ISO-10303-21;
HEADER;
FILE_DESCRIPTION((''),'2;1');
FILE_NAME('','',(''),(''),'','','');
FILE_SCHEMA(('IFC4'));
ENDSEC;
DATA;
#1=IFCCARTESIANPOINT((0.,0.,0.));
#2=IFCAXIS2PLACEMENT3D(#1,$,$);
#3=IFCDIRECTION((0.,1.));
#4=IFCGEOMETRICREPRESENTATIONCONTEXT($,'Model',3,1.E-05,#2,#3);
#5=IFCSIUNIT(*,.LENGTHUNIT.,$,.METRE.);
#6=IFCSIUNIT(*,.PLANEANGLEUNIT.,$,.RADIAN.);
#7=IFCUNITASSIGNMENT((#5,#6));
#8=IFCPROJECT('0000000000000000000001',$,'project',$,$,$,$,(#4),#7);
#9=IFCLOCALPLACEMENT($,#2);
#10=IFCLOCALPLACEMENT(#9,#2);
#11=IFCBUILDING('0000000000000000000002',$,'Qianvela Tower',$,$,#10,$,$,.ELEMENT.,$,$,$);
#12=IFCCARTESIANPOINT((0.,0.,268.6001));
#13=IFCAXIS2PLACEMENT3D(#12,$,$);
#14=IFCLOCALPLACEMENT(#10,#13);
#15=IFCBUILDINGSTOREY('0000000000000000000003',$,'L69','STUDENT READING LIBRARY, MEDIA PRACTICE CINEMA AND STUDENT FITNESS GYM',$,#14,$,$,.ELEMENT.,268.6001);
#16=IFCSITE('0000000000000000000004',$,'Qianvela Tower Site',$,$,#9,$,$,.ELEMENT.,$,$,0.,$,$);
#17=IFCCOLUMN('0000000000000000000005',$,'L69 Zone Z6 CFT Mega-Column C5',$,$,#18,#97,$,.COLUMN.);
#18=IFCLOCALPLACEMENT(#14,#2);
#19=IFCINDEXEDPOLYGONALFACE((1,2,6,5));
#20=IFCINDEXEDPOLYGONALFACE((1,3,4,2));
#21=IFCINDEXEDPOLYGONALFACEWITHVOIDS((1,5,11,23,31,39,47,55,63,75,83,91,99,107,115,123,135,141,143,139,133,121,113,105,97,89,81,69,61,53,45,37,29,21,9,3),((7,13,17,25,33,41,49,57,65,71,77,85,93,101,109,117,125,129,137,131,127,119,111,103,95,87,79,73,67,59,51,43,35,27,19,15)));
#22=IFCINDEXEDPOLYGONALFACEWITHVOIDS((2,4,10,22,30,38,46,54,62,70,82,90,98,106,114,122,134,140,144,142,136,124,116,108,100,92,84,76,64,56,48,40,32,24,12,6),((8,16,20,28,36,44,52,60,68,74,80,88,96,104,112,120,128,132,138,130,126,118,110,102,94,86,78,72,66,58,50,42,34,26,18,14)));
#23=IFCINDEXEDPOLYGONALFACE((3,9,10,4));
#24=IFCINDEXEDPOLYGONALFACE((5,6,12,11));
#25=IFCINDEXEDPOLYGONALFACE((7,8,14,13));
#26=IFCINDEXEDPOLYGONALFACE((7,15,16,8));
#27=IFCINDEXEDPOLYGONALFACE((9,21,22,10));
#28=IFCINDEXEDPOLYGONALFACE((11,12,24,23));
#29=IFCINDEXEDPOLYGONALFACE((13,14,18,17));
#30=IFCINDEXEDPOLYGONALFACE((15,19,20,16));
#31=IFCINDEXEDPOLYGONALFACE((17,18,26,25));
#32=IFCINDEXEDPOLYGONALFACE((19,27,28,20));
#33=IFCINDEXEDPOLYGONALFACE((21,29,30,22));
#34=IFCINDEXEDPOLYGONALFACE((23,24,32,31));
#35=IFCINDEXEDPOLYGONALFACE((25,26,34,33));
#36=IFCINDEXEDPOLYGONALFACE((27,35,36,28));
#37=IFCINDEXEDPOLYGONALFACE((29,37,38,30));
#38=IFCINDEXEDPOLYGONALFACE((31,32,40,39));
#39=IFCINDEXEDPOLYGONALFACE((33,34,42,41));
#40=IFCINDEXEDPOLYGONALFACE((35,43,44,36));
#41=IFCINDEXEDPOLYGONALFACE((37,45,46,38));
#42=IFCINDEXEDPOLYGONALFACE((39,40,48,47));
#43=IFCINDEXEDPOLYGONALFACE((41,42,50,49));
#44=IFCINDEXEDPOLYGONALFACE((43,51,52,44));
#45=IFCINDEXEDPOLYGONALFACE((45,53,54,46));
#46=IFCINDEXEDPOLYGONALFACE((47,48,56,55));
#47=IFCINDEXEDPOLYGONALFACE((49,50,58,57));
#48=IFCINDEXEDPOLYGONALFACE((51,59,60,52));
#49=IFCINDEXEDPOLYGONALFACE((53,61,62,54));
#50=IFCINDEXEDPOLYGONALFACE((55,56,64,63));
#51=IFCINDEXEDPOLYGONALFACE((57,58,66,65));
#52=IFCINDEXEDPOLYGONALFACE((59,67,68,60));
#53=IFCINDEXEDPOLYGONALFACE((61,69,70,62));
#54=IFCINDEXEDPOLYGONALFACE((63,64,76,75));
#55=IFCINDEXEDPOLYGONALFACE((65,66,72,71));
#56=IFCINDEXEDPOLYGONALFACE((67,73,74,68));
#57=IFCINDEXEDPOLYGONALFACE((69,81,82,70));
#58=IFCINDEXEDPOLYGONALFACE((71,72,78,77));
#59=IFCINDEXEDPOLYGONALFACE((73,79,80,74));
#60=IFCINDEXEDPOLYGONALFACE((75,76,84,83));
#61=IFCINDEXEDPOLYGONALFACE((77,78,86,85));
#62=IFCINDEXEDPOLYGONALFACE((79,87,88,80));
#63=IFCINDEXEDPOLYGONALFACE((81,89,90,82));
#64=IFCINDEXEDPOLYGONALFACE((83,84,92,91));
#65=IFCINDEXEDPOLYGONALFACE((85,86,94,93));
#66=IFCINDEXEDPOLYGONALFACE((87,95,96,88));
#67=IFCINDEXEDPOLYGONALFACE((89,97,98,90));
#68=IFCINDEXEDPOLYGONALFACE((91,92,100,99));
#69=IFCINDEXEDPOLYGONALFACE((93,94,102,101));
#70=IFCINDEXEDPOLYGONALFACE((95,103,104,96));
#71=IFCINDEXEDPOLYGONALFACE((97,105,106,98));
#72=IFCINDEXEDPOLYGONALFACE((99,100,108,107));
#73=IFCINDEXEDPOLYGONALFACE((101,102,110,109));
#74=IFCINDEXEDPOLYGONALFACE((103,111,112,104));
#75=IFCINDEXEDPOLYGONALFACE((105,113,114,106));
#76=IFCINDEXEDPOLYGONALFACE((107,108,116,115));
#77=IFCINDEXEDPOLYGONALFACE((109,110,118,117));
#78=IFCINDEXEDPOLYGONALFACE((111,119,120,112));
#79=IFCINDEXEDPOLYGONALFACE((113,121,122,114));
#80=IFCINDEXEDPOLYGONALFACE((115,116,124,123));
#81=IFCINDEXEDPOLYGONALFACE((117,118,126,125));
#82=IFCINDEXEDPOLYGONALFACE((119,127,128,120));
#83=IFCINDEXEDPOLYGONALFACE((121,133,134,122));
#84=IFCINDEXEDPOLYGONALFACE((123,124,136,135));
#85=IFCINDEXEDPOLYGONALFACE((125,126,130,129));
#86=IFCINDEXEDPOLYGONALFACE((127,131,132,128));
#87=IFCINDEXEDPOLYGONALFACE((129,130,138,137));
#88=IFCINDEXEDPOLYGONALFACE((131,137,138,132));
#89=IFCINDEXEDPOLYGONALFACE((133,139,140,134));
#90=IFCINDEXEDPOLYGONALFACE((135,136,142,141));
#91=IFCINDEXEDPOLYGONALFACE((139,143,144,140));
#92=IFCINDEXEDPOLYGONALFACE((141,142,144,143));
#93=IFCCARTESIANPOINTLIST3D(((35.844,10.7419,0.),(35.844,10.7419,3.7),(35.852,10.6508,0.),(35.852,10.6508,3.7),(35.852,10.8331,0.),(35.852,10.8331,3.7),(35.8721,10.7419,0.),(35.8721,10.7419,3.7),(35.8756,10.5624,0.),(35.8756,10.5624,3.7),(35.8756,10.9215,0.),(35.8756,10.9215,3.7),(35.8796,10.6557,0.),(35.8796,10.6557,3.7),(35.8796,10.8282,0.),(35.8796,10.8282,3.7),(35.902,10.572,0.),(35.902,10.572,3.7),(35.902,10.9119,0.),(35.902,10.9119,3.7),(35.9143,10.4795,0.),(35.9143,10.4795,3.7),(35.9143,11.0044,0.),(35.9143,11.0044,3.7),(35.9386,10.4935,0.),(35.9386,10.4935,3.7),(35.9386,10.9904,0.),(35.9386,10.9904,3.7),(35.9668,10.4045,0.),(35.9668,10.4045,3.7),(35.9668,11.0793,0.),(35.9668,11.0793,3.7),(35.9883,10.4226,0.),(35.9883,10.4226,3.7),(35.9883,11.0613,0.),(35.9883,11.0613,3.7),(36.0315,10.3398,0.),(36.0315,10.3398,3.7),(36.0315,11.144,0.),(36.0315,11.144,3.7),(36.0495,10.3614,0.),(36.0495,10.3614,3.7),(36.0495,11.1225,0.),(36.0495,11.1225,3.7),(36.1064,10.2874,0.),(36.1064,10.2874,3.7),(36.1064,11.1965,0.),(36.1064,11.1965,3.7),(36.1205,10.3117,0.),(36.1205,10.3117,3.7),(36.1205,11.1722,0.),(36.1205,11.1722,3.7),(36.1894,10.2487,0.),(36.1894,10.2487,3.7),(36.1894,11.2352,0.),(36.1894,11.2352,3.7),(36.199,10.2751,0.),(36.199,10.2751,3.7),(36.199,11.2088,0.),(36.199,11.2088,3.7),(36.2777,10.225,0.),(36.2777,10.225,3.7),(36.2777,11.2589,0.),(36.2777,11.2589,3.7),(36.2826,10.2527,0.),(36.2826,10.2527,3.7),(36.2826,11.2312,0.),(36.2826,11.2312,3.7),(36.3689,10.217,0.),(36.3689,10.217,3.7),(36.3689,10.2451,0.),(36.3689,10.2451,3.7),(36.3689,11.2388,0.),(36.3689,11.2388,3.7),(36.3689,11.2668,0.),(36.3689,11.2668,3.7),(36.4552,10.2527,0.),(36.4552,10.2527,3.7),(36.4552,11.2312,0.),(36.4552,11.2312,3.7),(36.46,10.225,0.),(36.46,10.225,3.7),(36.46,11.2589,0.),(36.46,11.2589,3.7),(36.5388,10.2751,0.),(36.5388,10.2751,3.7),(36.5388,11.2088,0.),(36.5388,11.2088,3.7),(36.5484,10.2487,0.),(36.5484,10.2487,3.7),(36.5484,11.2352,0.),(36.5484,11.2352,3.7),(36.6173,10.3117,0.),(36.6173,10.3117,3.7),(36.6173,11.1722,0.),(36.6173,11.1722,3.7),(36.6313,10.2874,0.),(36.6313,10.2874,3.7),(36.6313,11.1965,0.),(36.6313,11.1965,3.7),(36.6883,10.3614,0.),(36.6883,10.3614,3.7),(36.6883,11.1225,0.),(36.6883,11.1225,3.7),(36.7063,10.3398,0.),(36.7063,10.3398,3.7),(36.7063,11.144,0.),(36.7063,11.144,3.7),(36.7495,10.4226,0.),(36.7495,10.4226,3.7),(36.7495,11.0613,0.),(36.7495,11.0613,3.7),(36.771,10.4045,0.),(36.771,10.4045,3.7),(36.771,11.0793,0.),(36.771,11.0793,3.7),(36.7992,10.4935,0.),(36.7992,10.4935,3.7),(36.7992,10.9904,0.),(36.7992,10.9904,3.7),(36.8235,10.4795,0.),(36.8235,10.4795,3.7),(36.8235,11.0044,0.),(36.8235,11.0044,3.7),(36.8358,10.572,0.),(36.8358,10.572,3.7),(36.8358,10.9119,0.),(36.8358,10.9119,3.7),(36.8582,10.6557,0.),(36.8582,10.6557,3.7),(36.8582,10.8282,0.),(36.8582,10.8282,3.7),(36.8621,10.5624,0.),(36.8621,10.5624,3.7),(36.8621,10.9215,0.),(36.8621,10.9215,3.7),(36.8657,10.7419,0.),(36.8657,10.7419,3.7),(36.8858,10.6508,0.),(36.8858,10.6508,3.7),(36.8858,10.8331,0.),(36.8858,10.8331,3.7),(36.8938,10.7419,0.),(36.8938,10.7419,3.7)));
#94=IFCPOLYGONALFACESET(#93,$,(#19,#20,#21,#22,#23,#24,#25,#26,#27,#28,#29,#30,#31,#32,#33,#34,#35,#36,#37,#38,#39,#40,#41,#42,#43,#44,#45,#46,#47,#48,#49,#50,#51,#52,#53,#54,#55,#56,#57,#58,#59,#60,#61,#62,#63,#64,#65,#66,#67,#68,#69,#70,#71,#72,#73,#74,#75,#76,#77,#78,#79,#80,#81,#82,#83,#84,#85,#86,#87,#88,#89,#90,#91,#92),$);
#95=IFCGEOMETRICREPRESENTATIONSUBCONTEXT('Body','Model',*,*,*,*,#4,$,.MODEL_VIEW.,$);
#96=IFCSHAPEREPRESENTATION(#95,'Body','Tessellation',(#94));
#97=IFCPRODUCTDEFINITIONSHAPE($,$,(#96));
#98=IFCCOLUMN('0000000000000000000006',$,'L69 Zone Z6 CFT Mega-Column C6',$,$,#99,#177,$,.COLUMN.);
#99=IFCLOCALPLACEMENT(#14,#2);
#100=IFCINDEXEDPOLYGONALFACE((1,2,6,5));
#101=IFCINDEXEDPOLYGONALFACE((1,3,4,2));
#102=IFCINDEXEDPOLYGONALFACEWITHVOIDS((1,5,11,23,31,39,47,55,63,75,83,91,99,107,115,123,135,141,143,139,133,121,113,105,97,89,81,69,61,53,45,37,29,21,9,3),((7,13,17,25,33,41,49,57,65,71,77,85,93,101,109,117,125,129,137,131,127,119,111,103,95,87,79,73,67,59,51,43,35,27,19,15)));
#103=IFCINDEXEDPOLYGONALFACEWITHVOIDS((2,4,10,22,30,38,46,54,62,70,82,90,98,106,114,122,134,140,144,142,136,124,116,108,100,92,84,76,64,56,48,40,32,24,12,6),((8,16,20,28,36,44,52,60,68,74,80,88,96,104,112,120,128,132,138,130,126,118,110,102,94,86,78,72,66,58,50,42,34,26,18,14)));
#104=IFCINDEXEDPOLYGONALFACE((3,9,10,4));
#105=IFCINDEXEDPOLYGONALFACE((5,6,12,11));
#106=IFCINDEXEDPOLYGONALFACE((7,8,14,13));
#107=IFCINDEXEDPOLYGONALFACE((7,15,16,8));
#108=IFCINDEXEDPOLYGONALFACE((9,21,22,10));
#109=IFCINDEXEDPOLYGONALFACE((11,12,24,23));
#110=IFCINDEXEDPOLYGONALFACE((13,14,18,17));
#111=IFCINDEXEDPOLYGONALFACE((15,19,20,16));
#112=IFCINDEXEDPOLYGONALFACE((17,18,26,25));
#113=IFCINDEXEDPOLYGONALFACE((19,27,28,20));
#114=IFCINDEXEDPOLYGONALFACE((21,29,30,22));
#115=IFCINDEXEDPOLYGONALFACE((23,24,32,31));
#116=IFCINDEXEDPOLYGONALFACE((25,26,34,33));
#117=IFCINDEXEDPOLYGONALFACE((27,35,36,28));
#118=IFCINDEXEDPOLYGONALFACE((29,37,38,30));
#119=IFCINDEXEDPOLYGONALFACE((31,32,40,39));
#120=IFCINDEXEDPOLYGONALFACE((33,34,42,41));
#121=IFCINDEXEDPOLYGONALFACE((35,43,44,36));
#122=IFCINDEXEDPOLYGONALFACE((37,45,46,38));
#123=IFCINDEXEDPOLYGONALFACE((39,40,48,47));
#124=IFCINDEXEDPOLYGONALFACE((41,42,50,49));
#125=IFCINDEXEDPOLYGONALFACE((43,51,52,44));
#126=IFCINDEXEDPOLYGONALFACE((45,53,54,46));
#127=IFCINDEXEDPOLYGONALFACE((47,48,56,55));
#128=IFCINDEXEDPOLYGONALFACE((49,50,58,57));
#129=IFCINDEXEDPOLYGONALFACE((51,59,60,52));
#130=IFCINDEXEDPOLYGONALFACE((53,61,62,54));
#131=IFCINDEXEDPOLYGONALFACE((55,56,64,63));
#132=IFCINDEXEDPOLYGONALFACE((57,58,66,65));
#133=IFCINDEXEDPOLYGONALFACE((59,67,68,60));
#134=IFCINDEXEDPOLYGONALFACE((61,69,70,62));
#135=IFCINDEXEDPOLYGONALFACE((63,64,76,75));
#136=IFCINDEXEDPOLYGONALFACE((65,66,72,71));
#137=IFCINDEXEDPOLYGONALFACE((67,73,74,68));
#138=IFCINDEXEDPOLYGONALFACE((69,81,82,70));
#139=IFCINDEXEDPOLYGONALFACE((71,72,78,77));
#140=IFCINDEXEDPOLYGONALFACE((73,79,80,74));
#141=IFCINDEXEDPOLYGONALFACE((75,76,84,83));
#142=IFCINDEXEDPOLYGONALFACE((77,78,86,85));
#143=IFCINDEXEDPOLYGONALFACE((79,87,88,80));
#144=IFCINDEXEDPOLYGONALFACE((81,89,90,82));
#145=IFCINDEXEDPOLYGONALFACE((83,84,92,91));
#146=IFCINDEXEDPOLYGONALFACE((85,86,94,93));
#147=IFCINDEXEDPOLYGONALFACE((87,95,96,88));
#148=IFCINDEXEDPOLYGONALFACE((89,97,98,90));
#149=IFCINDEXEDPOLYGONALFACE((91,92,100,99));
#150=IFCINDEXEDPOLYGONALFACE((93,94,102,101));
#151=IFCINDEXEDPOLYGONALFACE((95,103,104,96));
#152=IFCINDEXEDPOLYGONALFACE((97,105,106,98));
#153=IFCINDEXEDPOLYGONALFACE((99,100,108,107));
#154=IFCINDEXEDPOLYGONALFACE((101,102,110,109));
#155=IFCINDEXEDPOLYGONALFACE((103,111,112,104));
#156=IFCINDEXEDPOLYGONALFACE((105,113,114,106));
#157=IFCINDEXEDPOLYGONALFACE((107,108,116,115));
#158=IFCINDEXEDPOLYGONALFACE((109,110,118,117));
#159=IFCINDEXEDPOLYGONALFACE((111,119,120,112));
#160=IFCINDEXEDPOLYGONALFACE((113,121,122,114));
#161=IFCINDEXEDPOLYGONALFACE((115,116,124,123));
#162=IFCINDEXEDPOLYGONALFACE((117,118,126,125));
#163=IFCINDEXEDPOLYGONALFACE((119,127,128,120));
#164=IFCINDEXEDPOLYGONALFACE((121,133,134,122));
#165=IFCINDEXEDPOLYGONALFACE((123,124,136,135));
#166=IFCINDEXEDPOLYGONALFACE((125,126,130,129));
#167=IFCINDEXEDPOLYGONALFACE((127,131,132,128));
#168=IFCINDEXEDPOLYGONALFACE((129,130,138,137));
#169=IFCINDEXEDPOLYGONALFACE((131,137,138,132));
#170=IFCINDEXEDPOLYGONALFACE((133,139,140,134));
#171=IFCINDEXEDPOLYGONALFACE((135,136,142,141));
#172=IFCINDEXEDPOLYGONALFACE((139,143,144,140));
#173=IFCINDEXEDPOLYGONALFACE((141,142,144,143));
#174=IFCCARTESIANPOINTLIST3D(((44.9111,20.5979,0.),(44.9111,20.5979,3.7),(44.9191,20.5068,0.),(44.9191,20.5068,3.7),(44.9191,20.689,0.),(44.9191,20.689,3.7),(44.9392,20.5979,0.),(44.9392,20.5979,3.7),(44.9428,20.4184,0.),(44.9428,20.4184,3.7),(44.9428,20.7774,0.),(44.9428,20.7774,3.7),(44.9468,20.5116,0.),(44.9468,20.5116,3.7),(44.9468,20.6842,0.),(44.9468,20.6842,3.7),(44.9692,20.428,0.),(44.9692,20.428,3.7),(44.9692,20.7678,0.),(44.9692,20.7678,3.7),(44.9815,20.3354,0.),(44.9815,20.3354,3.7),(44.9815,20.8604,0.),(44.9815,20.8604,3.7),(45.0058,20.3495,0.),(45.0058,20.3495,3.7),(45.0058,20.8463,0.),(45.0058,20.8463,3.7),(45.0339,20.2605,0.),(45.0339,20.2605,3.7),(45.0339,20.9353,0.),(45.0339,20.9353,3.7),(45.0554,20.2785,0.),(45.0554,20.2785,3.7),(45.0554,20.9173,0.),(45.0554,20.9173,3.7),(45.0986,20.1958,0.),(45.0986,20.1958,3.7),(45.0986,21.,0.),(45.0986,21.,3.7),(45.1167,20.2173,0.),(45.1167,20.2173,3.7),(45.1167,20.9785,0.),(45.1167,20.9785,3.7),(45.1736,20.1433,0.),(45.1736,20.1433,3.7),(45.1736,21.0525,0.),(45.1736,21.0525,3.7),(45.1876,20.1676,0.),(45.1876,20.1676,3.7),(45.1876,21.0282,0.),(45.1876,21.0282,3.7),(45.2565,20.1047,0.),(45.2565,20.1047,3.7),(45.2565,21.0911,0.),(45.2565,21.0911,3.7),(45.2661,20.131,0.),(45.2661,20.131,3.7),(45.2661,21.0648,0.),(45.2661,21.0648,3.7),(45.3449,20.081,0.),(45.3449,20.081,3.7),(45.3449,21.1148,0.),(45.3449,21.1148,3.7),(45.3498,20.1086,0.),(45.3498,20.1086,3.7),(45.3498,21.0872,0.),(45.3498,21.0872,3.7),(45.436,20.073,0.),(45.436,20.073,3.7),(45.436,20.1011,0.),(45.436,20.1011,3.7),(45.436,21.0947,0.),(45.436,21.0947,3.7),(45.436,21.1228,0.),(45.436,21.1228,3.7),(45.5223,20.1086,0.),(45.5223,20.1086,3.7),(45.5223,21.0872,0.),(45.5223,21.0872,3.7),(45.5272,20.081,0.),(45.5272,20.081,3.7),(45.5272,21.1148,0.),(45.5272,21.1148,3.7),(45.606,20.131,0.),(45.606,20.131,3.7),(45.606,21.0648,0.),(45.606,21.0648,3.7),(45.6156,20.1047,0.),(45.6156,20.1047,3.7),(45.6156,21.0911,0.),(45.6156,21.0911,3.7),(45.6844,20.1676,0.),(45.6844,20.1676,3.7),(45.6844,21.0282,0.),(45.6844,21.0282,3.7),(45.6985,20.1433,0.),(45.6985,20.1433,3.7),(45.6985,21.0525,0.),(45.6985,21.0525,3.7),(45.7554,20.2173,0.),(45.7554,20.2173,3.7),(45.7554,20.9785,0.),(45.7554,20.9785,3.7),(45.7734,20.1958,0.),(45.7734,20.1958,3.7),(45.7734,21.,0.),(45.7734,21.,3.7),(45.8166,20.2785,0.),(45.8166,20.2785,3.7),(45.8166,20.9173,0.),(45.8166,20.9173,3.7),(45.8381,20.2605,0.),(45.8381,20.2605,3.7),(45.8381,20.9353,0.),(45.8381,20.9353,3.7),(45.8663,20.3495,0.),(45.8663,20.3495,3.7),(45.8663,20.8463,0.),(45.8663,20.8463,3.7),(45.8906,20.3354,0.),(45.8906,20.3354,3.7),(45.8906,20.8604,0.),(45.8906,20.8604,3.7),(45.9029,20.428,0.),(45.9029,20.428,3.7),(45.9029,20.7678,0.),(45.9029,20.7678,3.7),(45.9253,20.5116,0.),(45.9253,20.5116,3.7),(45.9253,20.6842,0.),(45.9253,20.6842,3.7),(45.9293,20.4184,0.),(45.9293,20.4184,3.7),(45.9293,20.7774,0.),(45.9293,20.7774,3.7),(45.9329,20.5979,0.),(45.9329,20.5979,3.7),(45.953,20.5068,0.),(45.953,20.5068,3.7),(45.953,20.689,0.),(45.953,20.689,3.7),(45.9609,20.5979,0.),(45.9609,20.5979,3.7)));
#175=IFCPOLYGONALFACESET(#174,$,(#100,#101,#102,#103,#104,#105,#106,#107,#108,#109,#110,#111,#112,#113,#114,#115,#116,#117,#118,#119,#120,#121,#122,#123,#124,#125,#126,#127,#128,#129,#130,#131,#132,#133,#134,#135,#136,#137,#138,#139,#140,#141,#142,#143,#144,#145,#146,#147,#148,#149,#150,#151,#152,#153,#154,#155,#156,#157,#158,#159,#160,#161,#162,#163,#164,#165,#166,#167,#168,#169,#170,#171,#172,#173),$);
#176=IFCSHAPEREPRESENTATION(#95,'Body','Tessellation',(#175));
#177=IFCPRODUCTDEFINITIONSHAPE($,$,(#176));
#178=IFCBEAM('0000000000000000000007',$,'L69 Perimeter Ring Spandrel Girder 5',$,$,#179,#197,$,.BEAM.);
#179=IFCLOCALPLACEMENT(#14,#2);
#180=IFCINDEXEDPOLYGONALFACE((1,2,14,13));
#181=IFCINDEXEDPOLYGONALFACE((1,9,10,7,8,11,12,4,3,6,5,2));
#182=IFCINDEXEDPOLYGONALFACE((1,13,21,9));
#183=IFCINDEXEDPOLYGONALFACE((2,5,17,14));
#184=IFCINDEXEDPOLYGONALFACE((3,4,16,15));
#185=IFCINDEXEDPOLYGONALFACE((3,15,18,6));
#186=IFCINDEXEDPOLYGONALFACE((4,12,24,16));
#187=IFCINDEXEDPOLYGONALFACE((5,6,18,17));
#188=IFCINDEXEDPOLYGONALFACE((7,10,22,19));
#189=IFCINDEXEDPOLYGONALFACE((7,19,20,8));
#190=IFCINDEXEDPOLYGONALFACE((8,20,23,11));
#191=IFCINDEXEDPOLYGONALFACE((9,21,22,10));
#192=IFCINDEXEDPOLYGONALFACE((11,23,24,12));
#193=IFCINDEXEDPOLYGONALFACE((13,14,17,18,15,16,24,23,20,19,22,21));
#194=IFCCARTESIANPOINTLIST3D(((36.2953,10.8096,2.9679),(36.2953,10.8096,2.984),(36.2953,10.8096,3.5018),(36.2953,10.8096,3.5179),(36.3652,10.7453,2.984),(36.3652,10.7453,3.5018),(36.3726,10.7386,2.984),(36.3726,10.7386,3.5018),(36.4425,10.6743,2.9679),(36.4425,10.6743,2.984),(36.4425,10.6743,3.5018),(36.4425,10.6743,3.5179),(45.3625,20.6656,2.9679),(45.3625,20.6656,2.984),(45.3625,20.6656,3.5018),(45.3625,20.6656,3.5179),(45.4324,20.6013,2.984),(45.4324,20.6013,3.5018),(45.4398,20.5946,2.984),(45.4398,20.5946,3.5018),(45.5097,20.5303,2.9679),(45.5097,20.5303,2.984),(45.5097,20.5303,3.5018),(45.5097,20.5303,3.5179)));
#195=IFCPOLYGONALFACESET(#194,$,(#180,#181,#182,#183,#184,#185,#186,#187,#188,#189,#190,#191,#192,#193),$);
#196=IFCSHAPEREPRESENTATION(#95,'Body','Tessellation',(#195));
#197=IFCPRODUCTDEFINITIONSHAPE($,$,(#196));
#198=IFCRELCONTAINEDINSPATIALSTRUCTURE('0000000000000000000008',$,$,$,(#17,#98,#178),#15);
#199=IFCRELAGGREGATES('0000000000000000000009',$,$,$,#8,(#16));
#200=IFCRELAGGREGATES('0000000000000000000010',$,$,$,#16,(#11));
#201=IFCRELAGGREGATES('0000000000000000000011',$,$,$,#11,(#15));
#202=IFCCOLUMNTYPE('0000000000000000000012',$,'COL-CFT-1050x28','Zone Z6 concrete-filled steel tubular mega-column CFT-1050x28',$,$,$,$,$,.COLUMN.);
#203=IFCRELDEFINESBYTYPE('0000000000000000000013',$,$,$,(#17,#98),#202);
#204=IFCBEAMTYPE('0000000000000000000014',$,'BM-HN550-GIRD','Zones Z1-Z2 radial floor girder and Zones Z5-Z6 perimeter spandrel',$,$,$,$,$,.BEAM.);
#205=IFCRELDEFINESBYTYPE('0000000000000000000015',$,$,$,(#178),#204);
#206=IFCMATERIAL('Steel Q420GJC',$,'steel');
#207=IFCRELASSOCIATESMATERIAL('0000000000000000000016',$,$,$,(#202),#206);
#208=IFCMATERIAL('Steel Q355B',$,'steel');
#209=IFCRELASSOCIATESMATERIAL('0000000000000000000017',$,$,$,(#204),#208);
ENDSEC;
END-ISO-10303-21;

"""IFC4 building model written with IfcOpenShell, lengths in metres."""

from ifc_helpers import new_model, si_unit, direction, frame, origin, origin_2d, place, context, subcontext, project, spatial, hollow_circle, i_section, extrude, material, material_profile, profile_set, type_object, element, save


model = new_model("IFC4")

# Units and contexts
model_context = context("Model", 3, precision=1e-05, world=origin(), true_north=direction((0.0, 1.0)))
body_context = subcontext(model_context, "Body", "Model", "MODEL_VIEW")
ifc_project = project(units=[si_unit("LENGTHUNIT", "METRE"), si_unit("PLANEANGLEUNIT", "RADIAN")], contexts=[model_context])

# Site, building, storey
site_placement = place(None, origin())
site = spatial("IfcSite", under=ifc_project, at=site_placement, Name="Qianvela Tower Site", CompositionType="ELEMENT", RefElevation=0.0)
building_placement = place(site_placement, origin())
building = spatial("IfcBuilding", under=site, at=building_placement, Name="Qianvela Tower", CompositionType="ELEMENT")
storey_placement = place(building_placement, frame((0.0, 0.0, 268.6001)))
storey = spatial("IfcBuildingStorey", under=building, at=storey_placement, Name="L69", Description="STUDENT READING LIBRARY, MEDIA PRACTICE CINEMA AND STUDENT FITNESS GYM", CompositionType="ELEMENT", Elevation=268.6001)

# Columns
ifc_material_1 = material(Name="Steel Q420GJC", Category="steel")
ifc_material_profile_1 = material_profile(ifc_material_1, hollow_circle(Radius=0.5249, WallThickness=0.0281, at=origin_2d()), Name="CFT-1050x28")
ifc_profile_set_1 = profile_set([ifc_material_profile_1], Name="Steel Q420GJC")
column_type = type_object("IfcColumnType", Name="COL-CFT-1050x28", Description="Zone Z6 concrete-filled steel tubular mega-column CFT-1050x28", PredefinedType="COLUMN", material=ifc_profile_set_1)
for number, where, z_axis, x_axis, name in (
    (1, (36.3689, 10.7419, 0.0), (0.0, 0.0, 1.0), (1.0, 0.0, 0.0), "L69 Zone Z6 CFT Mega-Column C5"),
    (2, (45.436, 20.5979, 0.0), (0.0, 0.0, 1.0), (1.0, 0.0, 0.0), "L69 Zone Z6 CFT Mega-Column C6"),
):
    element("IfcColumn", number, at=place(storey_placement, frame(where, z_axis=z_axis, x_axis=x_axis)), inside=storey, type_object=column_type, Name=name, PredefinedType="COLUMN", context=body_context, shape_type="SweptSolid", body=[
        extrude(hollow_circle(Radius=0.5249, WallThickness=0.0281, at=origin_2d()), origin(), (0.0, 0.0, 1.0), 3.7),
    ])

# Beam
ifc_material_2 = material(Name="Steel Q355B", Category="steel")
ifc_material_profile_2 = material_profile(ifc_material_2, i_section(OverallWidth=0.2, OverallDepth=0.55, WebThickness=0.01, FlangeThickness=0.0161, at=origin_2d()), Name="HN550x200x10x16")
ifc_profile_set_2 = profile_set([ifc_material_profile_2], Name="Steel Q355B")
beam_type_1 = type_object("IfcBeamType", Name="BM-HN550-GIRD", Description="Zones Z1-Z2 radial floor girder and Zones Z5-Z6 perimeter spandrel", PredefinedType="BEAM", material=ifc_profile_set_2)
beam_1_placement = place(storey_placement, frame((36.3689, 10.7419, 3.2429), z_axis=(0.677043, 0.735944, 0.0), x_axis=(-0.735944, 0.677043, 0.0)))
element("IfcBeam", 3, at=beam_1_placement, inside=storey, type_object=beam_type_1, Name="L69 Perimeter Ring Spandrel Girder 5", PredefinedType="BEAM", context=body_context, shape_type="SweptSolid", body=[
    extrude(i_section(OverallWidth=0.2, OverallDepth=0.55, WebThickness=0.01, FlangeThickness=0.0161, at=origin_2d()), origin(), (0.0, 0.0, 1.0), 13.3923),
])

save(model, "model.ifc")
